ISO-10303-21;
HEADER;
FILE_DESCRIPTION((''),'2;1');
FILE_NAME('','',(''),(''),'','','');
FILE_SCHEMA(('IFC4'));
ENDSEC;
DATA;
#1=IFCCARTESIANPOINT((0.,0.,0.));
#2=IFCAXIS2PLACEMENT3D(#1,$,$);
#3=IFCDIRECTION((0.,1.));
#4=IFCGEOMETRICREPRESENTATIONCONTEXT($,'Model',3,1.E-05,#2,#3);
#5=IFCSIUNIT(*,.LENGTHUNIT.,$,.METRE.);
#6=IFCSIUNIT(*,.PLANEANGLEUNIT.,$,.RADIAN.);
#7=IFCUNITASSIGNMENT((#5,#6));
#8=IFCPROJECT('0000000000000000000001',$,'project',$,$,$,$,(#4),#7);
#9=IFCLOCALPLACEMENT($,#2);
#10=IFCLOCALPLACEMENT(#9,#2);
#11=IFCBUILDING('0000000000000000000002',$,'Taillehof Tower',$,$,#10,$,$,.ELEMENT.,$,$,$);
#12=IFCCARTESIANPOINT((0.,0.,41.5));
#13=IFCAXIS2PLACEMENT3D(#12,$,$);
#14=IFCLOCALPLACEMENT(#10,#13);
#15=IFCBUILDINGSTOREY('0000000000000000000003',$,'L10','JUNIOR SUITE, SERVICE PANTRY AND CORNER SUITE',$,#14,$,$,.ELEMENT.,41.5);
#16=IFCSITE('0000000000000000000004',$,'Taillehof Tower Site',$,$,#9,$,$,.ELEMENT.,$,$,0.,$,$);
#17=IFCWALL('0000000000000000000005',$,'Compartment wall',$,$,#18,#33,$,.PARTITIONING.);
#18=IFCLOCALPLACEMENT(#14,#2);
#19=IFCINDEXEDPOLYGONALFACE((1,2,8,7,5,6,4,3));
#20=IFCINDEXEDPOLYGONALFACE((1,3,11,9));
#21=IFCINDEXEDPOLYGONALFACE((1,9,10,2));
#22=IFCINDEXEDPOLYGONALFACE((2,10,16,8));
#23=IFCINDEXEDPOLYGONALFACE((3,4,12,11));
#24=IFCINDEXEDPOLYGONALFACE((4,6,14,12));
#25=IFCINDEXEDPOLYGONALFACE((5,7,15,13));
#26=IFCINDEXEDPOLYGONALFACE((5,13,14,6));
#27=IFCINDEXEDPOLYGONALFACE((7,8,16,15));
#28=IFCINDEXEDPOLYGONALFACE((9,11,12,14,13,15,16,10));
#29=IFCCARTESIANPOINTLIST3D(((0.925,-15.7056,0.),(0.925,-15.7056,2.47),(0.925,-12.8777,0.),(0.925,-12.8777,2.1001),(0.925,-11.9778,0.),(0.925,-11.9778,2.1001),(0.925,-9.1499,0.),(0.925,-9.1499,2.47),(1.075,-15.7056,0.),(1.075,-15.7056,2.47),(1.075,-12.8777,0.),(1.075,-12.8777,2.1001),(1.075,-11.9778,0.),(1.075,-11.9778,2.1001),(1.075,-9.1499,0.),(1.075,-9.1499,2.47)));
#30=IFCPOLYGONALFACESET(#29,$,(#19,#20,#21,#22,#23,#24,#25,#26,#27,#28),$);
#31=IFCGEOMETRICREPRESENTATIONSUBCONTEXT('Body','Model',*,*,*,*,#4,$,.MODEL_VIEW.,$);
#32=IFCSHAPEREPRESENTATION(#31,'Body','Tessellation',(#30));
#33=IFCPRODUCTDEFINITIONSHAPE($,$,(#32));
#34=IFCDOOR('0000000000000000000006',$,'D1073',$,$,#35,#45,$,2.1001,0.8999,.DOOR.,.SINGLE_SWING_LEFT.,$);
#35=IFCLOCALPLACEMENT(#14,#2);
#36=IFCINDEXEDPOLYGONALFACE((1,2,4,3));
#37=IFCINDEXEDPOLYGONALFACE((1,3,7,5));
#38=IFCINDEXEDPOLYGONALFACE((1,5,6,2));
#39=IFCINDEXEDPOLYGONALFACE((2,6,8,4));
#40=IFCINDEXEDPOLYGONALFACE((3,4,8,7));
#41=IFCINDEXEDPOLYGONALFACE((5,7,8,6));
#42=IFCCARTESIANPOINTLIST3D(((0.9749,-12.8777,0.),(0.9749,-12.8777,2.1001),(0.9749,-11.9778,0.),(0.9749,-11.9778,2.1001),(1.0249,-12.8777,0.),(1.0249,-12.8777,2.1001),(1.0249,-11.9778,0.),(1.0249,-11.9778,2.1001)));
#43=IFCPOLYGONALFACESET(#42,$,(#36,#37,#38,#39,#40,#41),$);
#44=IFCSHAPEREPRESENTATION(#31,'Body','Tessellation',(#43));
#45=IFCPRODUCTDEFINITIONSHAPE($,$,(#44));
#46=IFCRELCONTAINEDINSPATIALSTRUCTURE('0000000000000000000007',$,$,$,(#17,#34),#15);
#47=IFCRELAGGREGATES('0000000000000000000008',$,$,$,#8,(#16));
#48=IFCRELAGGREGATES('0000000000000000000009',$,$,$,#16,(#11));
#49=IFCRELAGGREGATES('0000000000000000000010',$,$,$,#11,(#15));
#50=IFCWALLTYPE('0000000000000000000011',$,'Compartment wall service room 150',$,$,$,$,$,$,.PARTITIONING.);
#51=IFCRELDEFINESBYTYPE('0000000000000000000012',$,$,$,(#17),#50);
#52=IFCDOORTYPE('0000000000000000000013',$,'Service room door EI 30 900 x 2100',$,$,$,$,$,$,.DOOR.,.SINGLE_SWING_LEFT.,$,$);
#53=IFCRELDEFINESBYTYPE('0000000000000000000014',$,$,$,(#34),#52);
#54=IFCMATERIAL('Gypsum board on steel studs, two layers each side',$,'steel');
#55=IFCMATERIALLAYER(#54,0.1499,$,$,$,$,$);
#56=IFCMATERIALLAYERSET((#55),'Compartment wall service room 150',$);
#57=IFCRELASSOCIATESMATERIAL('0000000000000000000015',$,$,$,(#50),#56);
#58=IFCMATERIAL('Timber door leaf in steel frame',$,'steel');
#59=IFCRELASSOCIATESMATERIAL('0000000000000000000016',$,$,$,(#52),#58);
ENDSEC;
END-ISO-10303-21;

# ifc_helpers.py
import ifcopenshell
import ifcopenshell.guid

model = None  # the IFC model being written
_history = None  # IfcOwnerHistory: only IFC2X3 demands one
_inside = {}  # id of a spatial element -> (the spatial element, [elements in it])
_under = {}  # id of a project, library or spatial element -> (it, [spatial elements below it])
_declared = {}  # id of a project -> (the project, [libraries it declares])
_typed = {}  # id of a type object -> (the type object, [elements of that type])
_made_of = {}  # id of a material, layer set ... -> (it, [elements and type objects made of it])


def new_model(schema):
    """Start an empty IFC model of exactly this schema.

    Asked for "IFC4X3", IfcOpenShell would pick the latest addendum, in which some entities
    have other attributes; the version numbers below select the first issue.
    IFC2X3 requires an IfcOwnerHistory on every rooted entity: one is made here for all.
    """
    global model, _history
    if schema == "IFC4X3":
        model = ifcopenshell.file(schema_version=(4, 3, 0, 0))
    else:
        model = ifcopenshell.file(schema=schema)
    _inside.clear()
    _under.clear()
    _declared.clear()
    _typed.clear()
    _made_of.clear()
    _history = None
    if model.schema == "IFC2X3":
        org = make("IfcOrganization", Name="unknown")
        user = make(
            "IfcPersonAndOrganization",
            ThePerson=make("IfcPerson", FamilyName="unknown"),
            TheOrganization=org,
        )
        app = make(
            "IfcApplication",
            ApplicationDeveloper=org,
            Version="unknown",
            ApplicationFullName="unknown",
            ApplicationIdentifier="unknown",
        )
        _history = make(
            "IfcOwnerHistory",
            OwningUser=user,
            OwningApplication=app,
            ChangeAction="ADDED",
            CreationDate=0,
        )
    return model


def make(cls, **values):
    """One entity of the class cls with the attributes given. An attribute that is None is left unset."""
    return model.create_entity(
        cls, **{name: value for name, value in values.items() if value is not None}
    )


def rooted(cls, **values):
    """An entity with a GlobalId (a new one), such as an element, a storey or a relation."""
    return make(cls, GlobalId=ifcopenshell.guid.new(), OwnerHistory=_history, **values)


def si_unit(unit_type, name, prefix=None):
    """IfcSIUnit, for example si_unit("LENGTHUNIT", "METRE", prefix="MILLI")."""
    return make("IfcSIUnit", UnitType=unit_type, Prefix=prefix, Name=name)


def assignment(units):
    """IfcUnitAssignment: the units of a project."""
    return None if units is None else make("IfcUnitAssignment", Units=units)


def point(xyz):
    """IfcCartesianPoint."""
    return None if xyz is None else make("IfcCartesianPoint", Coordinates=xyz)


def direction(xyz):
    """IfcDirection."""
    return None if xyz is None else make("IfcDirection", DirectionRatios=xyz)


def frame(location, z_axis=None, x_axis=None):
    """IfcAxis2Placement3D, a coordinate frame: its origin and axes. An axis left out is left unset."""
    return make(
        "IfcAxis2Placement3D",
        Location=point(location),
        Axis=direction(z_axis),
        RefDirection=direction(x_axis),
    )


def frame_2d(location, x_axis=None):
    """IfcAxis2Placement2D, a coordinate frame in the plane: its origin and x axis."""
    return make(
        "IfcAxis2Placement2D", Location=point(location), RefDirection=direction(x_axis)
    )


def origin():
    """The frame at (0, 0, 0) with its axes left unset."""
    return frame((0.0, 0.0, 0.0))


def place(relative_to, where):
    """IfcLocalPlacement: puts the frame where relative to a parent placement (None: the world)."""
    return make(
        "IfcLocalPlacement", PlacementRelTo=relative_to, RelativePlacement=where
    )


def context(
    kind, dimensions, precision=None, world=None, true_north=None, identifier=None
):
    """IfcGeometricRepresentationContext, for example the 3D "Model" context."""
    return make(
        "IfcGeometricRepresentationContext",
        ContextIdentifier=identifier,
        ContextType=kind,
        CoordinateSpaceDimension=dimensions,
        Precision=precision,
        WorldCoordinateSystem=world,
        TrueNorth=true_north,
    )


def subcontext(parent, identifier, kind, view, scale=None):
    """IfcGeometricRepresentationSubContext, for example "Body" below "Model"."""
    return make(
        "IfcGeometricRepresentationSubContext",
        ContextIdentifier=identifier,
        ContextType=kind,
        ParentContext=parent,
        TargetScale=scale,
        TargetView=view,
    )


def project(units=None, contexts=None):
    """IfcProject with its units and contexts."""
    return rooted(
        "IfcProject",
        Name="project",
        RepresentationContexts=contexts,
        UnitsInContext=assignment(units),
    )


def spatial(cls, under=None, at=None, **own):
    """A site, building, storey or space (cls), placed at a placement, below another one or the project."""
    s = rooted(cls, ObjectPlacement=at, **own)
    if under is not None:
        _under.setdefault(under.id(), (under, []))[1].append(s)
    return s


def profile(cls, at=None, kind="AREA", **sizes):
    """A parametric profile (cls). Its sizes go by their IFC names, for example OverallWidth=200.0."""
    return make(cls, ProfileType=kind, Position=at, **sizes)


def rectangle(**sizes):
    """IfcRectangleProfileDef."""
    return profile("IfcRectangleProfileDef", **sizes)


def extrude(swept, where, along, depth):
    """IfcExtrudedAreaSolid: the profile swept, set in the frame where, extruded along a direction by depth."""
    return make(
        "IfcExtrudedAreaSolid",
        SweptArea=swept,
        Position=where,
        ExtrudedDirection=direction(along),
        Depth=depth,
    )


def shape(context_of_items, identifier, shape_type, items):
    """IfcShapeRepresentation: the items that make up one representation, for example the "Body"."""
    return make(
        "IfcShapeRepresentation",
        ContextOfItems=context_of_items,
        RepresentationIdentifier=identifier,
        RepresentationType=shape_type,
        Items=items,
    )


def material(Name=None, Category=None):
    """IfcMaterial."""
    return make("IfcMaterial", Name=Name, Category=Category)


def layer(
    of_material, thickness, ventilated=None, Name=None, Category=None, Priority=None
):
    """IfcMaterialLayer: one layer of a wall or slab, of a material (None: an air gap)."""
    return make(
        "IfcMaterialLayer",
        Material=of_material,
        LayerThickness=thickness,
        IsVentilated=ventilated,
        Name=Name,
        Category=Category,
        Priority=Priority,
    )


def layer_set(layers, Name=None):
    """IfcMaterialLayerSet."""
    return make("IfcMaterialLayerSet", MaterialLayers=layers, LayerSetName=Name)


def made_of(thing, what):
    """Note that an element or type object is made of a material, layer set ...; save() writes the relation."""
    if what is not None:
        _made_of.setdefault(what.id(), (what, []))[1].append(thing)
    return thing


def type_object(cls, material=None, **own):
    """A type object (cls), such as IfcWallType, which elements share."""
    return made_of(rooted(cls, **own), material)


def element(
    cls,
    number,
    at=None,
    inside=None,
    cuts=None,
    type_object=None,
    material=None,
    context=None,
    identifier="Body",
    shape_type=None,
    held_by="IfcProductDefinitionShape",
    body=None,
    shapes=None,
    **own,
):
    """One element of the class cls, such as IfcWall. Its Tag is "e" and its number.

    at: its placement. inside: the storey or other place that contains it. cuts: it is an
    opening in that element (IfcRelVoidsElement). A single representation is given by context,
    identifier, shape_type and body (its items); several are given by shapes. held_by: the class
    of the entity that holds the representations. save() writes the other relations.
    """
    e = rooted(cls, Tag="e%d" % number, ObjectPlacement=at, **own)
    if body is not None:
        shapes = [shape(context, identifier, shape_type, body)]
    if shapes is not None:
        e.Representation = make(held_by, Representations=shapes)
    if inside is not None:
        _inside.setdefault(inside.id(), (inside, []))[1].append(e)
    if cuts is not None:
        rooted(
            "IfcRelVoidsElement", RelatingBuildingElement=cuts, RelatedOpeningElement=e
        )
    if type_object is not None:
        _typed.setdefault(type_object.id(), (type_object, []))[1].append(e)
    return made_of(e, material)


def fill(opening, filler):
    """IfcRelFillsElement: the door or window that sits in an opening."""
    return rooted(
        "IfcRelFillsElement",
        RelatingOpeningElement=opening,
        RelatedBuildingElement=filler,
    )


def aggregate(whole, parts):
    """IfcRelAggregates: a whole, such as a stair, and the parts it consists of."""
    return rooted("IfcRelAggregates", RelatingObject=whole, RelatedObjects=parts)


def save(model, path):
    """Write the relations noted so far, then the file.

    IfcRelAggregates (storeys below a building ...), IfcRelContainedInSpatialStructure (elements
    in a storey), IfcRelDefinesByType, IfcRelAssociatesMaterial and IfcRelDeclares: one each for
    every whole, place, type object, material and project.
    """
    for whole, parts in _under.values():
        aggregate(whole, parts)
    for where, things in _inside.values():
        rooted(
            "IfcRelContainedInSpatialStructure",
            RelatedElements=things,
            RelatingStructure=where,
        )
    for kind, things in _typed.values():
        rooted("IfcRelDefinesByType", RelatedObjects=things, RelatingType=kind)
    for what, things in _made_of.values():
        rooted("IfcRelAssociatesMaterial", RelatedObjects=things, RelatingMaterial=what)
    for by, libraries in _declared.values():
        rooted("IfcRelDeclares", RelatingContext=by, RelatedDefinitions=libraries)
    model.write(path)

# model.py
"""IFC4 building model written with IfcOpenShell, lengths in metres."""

from ifc_helpers import new_model, si_unit, direction, frame, frame_2d, origin, place, context, subcontext, project, spatial, rectangle, extrude, material, layer, layer_set, type_object, element, fill, save


model = new_model("IFC4")

# Units and contexts
model_context = context("Model", 3, precision=1e-05, world=origin(), true_north=direction((0.0, 1.0)))
body_context = subcontext(model_context, "Body", "Model", "MODEL_VIEW")
ifc_project = project(units=[si_unit("LENGTHUNIT", "METRE"), si_unit("PLANEANGLEUNIT", "RADIAN")], contexts=[model_context])

# Site, building, storey
site_placement = place(None, origin())
site = spatial("IfcSite", under=ifc_project, at=site_placement, Name="Taillehof Tower Site", CompositionType="ELEMENT", RefElevation=0.0)
building_placement = place(site_placement, origin())
building = spatial("IfcBuilding", under=site, at=building_placement, Name="Taillehof Tower", CompositionType="ELEMENT")
storey_placement = place(building_placement, frame((0.0, 0.0, 41.5)))
storey = spatial("IfcBuildingStorey", under=building, at=storey_placement, Name="L10", Description="JUNIOR SUITE, SERVICE PANTRY AND CORNER SUITE", CompositionType="ELEMENT", Elevation=41.5)

# Wall, opening, door
ifc_material_1 = material(Name="Gypsum board on steel studs, two layers each side", Category="steel")
ifc_layer_1 = layer(ifc_material_1, 0.1499)
ifc_layer_set_1 = layer_set([ifc_layer_1], Name="Compartment wall service room 150")
wall_type_1 = type_object("IfcWallType", Name="Compartment wall service room 150", PredefinedType="PARTITIONING", material=ifc_layer_set_1)
wall_1_placement = place(storey_placement, frame((1.0, -9.1499, 0.0), z_axis=(0.0, 0.0, 1.0), x_axis=(0.0, -1.0, 0.0)))
wall_1 = element("IfcWall", 1, at=wall_1_placement, inside=storey, type_object=wall_type_1, Name="Compartment wall", PredefinedType="PARTITIONING", context=body_context, shape_type="SweptSolid", body=[
    extrude(rectangle(XDim=6.5557, YDim=0.1499, at=frame_2d((3.2778, 0.0))), origin(), (0.0, 0.0, 1.0), 2.47),
])
opening_1_placement = place(wall_1_placement, frame((2.8279, 0.0, 0.0)))
opening_1 = element("IfcOpeningElement", 2, at=opening_1_placement, cuts=wall_1, PredefinedType="OPENING", context=body_context, shape_type="SweptSolid", body=[
    extrude(rectangle(XDim=0.8999, YDim=2.1001, at=frame_2d((0.45, 1.05))), frame((0.0, 0.085, 0.0), z_axis=(0.0, -1.0, 0.0), x_axis=(1.0, 0.0, 0.0)), (0.0, 0.0, 1.0), 0.1699),
])
ifc_material_2 = material(Name="Timber door leaf in steel frame", Category="steel")
door_type_1 = type_object("IfcDoorType", Name="Service room door EI 30 900 x 2100", OperationType="SINGLE_SWING_LEFT", PredefinedType="DOOR", material=ifc_material_2)
door_1_placement = place(opening_1_placement, origin())
door_1 = element("IfcDoor", 3, at=door_1_placement, inside=storey, type_object=door_type_1, Name="D1073", OperationType="SINGLE_SWING_LEFT", OverallHeight=2.1001, OverallWidth=0.8999, PredefinedType="DOOR", context=body_context, shape_type="SweptSolid", body=[
    extrude(rectangle(XDim=0.8999, YDim=2.1001, at=frame_2d((0.45, 1.05))), frame((0.0, 0.0249, 0.0), z_axis=(0.0, -1.0, 0.0), x_axis=(1.0, 0.0, 0.0)), (0.0, 0.0, 1.0), 0.05),
])
fill(opening_1, door_1)

save(model, "model.ifc")
